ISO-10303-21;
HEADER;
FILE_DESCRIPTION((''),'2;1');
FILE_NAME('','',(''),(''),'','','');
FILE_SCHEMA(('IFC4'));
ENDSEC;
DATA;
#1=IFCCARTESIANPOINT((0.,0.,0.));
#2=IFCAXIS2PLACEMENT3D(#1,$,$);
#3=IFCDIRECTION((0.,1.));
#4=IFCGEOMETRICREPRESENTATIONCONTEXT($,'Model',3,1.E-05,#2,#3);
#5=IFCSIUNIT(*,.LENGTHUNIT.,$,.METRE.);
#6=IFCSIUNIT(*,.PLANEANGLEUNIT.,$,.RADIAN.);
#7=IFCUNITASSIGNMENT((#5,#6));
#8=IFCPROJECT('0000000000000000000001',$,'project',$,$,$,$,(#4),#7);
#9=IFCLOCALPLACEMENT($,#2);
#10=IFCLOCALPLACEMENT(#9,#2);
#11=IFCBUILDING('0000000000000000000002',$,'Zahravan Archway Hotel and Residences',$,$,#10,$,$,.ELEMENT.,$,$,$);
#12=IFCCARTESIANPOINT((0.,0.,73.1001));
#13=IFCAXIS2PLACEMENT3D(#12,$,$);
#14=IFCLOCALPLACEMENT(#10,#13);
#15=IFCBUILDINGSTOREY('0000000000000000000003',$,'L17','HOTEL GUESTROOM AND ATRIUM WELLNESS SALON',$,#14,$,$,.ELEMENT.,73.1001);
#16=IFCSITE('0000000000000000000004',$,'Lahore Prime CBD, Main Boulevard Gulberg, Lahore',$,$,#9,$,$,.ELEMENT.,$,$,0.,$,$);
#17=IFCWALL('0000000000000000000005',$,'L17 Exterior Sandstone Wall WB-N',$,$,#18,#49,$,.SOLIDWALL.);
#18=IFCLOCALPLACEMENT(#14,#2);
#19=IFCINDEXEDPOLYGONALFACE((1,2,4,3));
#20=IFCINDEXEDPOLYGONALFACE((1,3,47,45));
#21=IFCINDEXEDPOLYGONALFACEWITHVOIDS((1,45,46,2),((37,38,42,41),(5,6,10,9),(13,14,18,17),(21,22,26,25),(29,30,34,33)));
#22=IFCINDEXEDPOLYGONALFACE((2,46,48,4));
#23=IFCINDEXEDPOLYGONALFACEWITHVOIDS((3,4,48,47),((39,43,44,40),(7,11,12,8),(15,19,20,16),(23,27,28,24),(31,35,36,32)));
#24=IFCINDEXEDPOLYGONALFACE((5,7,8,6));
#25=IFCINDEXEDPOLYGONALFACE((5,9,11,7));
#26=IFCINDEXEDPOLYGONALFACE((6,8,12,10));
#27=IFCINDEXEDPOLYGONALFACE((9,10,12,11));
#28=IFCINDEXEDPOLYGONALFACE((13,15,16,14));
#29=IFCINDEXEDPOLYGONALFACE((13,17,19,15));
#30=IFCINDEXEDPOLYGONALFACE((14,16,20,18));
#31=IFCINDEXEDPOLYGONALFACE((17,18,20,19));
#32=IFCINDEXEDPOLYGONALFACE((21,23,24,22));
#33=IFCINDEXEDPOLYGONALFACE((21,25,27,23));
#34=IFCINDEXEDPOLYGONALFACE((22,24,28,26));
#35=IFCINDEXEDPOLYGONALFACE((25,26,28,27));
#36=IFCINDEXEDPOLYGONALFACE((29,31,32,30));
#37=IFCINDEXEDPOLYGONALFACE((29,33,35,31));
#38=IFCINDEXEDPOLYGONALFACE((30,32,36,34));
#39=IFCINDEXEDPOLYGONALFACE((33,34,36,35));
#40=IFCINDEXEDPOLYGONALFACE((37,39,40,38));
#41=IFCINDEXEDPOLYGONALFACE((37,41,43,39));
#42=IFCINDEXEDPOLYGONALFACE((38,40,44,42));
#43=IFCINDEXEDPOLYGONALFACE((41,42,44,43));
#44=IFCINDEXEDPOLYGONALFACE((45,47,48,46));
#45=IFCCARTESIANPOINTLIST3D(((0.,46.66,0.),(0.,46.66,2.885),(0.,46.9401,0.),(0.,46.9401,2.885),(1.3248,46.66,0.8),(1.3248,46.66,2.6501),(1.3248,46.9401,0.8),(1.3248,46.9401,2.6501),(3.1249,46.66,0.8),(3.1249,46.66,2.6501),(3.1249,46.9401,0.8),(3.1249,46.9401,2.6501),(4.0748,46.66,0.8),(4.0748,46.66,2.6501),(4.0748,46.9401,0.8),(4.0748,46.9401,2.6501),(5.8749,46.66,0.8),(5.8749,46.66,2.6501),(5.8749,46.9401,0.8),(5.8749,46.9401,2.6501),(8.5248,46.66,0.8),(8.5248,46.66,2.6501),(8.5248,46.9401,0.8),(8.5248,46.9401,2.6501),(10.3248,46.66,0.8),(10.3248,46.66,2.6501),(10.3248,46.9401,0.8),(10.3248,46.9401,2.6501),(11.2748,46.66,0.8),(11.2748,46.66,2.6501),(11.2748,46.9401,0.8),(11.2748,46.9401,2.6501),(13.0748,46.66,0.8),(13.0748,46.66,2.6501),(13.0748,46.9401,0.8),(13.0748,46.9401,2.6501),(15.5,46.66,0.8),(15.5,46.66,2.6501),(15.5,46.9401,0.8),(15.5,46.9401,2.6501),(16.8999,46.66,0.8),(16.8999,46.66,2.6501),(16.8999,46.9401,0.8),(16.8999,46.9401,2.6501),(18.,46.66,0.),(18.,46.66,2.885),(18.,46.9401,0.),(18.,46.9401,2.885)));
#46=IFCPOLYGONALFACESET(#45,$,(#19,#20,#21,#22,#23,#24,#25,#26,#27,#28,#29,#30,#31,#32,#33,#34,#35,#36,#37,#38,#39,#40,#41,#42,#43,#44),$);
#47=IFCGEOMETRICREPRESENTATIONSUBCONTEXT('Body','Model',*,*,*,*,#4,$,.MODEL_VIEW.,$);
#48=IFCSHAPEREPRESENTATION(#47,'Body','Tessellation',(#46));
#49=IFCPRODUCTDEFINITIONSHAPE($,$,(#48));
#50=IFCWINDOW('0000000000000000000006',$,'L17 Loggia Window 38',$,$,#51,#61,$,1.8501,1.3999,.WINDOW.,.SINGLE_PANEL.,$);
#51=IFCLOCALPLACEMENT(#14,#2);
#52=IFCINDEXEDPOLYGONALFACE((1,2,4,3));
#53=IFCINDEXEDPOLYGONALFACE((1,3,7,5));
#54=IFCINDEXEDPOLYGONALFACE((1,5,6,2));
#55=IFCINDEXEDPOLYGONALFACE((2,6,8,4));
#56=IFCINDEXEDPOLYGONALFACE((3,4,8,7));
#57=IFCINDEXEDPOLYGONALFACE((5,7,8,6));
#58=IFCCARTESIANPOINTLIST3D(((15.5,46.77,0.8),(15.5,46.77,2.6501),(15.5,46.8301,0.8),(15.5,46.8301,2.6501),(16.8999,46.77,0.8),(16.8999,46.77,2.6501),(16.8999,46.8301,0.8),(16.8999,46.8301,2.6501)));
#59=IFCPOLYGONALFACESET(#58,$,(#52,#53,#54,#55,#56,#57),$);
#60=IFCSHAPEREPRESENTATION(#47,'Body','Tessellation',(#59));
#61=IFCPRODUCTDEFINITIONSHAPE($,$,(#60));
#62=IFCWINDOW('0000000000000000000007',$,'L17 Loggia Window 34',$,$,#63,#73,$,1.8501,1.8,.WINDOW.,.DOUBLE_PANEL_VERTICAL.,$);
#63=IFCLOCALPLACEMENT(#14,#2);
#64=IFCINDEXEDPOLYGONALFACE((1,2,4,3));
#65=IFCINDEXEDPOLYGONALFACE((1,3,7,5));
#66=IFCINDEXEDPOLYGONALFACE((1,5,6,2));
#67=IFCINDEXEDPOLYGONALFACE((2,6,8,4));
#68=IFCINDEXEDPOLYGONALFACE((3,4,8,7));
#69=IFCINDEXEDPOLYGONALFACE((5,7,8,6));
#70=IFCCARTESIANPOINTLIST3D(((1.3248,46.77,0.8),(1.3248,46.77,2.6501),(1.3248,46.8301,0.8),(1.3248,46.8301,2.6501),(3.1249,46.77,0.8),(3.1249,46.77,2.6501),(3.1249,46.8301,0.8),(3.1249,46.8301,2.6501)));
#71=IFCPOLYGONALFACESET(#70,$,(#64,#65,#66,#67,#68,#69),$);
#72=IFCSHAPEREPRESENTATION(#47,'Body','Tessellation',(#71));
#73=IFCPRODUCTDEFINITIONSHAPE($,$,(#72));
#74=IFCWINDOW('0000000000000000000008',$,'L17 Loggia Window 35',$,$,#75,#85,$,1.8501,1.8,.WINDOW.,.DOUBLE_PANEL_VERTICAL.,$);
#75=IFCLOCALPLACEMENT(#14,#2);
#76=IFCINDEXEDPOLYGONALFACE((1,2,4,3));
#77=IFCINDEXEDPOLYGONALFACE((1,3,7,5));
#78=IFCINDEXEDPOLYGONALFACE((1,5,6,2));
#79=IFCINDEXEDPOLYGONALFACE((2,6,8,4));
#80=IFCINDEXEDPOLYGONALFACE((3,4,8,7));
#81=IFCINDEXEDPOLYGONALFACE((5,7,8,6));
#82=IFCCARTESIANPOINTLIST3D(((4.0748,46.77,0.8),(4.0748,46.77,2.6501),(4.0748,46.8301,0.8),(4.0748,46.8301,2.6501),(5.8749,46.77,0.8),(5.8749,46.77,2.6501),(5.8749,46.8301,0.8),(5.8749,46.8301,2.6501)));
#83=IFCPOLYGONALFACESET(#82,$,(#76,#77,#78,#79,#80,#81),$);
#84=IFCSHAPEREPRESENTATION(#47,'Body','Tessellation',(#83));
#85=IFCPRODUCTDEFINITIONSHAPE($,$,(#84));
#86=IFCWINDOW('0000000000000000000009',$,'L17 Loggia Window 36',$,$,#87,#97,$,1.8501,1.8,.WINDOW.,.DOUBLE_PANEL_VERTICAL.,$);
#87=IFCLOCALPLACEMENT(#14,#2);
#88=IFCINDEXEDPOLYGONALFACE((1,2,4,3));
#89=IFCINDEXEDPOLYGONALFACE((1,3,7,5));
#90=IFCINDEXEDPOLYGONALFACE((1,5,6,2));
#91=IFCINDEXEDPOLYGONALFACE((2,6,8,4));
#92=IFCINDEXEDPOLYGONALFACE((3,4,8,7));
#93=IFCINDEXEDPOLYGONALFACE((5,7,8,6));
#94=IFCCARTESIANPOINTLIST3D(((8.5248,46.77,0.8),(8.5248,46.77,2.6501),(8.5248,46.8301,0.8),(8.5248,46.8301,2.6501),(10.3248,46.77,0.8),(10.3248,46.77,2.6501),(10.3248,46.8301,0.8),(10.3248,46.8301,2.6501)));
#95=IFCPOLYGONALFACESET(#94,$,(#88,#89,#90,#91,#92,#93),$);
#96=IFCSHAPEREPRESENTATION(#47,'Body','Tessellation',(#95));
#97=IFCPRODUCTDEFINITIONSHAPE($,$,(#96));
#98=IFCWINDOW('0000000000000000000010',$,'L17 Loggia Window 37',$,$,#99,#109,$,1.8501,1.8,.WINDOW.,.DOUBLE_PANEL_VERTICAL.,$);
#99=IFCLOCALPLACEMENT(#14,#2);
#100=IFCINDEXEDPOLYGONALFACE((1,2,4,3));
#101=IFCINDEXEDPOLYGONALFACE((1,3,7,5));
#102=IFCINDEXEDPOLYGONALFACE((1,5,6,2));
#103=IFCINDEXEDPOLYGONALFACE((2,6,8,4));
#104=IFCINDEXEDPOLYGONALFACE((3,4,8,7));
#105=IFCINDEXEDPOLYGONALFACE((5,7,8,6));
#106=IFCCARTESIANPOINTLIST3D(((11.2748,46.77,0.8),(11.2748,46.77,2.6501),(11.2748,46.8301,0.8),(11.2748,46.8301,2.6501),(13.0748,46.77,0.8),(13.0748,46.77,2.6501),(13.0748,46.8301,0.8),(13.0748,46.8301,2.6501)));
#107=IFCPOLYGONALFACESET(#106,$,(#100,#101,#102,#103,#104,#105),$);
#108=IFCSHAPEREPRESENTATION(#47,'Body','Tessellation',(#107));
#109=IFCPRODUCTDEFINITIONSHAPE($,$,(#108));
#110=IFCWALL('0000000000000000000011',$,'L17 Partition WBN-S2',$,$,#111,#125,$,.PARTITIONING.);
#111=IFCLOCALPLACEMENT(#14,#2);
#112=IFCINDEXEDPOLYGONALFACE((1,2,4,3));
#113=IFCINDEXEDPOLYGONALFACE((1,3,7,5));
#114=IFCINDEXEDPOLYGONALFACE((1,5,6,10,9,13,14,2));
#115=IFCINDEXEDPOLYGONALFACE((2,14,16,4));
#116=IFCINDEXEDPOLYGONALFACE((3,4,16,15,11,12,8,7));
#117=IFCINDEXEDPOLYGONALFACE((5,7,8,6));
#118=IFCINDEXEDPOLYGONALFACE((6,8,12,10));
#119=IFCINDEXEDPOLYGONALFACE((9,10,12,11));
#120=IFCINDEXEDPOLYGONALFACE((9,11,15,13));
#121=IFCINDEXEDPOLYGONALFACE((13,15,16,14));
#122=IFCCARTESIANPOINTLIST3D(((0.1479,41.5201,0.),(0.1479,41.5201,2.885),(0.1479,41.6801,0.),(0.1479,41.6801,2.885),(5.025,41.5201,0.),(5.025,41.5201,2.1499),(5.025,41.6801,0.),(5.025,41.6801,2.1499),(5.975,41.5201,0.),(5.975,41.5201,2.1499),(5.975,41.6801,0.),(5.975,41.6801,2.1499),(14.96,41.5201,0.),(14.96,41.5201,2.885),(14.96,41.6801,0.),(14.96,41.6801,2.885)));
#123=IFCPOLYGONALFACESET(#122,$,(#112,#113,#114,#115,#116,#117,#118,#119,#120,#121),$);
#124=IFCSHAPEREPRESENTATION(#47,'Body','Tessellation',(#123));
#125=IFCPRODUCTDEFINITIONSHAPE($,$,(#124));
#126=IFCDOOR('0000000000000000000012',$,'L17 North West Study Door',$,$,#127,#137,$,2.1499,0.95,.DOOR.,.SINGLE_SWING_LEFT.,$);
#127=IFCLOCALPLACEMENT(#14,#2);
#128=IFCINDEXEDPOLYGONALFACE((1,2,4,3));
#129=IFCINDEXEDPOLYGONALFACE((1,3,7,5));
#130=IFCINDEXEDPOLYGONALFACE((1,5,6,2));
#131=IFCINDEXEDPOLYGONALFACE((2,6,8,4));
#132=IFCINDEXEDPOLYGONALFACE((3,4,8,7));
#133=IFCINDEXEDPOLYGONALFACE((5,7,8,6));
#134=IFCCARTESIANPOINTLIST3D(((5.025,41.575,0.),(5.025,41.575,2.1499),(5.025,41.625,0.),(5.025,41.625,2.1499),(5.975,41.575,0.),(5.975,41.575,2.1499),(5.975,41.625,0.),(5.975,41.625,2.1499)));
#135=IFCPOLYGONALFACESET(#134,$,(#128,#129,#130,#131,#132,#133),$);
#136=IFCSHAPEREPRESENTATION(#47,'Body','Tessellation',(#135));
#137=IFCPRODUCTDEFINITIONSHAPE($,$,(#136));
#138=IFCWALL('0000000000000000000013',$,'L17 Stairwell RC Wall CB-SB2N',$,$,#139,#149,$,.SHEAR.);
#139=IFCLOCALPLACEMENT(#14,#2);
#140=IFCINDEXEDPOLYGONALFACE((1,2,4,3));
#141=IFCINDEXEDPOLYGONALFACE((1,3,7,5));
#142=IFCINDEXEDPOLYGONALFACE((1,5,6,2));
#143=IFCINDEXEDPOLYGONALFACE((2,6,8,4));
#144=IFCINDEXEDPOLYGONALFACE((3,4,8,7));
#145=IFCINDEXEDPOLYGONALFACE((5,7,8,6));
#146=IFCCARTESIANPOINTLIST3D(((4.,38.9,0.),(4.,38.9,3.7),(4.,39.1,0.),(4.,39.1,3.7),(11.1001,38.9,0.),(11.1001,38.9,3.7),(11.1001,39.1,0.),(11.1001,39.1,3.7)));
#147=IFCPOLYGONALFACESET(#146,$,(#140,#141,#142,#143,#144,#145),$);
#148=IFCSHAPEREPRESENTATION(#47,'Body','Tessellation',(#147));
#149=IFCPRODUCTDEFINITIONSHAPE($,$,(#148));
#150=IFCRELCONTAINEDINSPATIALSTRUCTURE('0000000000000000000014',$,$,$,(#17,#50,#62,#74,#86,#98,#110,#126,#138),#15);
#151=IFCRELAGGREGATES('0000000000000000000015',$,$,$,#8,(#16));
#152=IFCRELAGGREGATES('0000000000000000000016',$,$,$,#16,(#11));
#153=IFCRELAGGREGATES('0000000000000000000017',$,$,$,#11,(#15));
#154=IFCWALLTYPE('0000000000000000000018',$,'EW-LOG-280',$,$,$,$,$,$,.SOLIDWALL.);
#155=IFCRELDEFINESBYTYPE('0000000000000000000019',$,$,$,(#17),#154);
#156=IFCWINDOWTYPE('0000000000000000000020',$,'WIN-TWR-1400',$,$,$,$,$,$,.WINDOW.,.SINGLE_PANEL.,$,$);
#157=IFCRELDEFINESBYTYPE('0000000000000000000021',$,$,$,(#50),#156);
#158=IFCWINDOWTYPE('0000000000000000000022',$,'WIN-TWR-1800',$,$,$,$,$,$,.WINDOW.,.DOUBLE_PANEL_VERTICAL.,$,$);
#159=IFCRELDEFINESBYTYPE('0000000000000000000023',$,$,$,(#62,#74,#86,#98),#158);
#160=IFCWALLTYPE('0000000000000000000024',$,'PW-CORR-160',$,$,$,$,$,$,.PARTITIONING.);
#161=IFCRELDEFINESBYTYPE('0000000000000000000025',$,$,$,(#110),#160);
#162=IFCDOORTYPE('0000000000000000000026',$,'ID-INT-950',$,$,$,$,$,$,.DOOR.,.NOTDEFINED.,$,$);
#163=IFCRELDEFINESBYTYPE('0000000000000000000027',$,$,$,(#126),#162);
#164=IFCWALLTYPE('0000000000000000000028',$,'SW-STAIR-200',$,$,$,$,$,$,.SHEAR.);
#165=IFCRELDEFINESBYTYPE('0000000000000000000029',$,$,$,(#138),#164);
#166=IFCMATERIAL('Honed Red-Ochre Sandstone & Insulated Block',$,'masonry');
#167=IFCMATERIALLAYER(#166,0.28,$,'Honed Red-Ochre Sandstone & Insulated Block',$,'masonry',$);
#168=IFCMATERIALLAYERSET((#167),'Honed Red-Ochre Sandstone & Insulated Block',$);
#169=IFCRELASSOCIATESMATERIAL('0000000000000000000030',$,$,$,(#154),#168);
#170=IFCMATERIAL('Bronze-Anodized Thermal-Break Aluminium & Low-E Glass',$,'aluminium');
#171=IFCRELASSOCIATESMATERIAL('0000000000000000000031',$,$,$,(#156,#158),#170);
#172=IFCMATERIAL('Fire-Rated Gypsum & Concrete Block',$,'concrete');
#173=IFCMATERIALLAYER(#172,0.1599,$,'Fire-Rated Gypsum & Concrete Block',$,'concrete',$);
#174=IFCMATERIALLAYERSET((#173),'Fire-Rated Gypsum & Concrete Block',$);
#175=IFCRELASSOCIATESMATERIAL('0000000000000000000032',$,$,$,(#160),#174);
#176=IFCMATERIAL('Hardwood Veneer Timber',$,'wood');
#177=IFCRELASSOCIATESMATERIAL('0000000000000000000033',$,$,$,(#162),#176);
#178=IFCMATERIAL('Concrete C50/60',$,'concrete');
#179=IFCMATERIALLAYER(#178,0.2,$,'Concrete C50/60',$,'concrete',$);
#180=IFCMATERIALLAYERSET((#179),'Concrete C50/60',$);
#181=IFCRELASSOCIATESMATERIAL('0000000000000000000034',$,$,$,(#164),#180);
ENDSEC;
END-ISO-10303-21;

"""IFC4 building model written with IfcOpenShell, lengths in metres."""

from ifc_helpers import new_model, si_unit, direction, frame, frame_2d, origin, place, context, subcontext, project, spatial, rectangle, extrude, source, transform, mapped, material, layer, layer_set, type_object, type_shapes, element, fill, save


model = new_model("IFC4")

# Units and contexts
model_context = context("Model", 3, precision=1e-05, world=origin(), true_north=direction((0.0, 1.0)))
body_context = subcontext(model_context, "Body", "Model", "MODEL_VIEW")
ifc_project = project(units=[si_unit("LENGTHUNIT", "METRE"), si_unit("PLANEANGLEUNIT", "RADIAN")], contexts=[model_context])

# Site, building, storey
site_placement = place(None, origin())
site = spatial("IfcSite", under=ifc_project, at=site_placement, Name="Lahore Prime CBD, Main Boulevard Gulberg, Lahore", CompositionType="ELEMENT", RefElevation=0.0)
building_placement = place(site_placement, origin())
building = spatial("IfcBuilding", under=site, at=building_placement, Name="Zahravan Archway Hotel and Residences", CompositionType="ELEMENT")
storey_placement = place(building_placement, frame((0.0, 0.0, 73.1001)))
storey = spatial("IfcBuildingStorey", under=building, at=storey_placement, Name="L17", Description="HOTEL GUESTROOM AND ATRIUM WELLNESS SALON", CompositionType="ELEMENT", Elevation=73.1001)

# Wall, openings, windows
ifc_material_1 = material(Name="Honed Red-Ochre Sandstone & Insulated Block", Category="masonry")
ifc_layer_1 = layer(ifc_material_1, 0.28, Name="Honed Red-Ochre Sandstone & Insulated Block", Category="masonry")
ifc_layer_set_1 = layer_set([ifc_layer_1], Name="Honed Red-Ochre Sandstone & Insulated Block")
wall_type_1 = type_object("IfcWallType", Name="EW-LOG-280", PredefinedType="SOLIDWALL", material=ifc_layer_set_1)
wall_1_placement = place(storey_placement, frame((0.0, 46.8, 0.0), z_axis=(0.0, 0.0, 1.0), x_axis=(1.0, 0.0, 0.0)))
wall_1 = element("IfcWall", 1, at=wall_1_placement, inside=storey, type_object=wall_type_1, Name="L17 Exterior Sandstone Wall WB-N", PredefinedType="SOLIDWALL", context=body_context, shape_type="SweptSolid", body=[
    extrude(rectangle(XDim=18.0, YDim=0.28, at=frame_2d((9.0, 0.0))), origin(), (0.0, 0.0, 1.0), 2.885),
])
opening_1_placement = place(wall_1_placement, frame((1.325, 0.0, 0.8)))
opening_1 = element("IfcOpeningElement", 2, at=opening_1_placement, cuts=wall_1, PredefinedType="OPENING", context=body_context, shape_type="SweptSolid", body=[
    extrude(rectangle(XDim=1.8, YDim=1.8501, at=frame_2d((0.8999, 0.925))), frame((0.0, 0.1499, 0.0), z_axis=(0.0, -1.0, 0.0), x_axis=(1.0, 0.0, 0.0)), (0.0, 0.0, 1.0), 0.3),
])
opening_2_placement = place(wall_1_placement, frame((4.075, 0.0, 0.8)))
opening_2 = element("IfcOpeningElement", 3, at=opening_2_placement, cuts=wall_1, PredefinedType="OPENING", context=body_context, shape_type="SweptSolid", body=[
    extrude(rectangle(XDim=1.8, YDim=1.8501, at=frame_2d((0.8999, 0.925))), frame((0.0, 0.1499, 0.0), z_axis=(0.0, -1.0, 0.0), x_axis=(1.0, 0.0, 0.0)), (0.0, 0.0, 1.0), 0.3),
])
opening_3_placement = place(wall_1_placement, frame((8.5249, 0.0, 0.8)))
opening_3 = element("IfcOpeningElement", 4, at=opening_3_placement, cuts=wall_1, PredefinedType="OPENING", context=body_context, shape_type="SweptSolid", body=[
    extrude(rectangle(XDim=1.8, YDim=1.8501, at=frame_2d((0.8999, 0.925))), frame((0.0, 0.1499, 0.0), z_axis=(0.0, -1.0, 0.0), x_axis=(1.0, 0.0, 0.0)), (0.0, 0.0, 1.0), 0.3),
])
opening_4_placement = place(wall_1_placement, frame((11.2749, 0.0, 0.8)))
opening_4 = element("IfcOpeningElement", 5, at=opening_4_placement, cuts=wall_1, PredefinedType="OPENING", context=body_context, shape_type="SweptSolid", body=[
    extrude(rectangle(XDim=1.8, YDim=1.8501, at=frame_2d((0.8999, 0.925))), frame((0.0, 0.1499, 0.0), z_axis=(0.0, -1.0, 0.0), x_axis=(1.0, 0.0, 0.0)), (0.0, 0.0, 1.0), 0.3),
])
opening_5_placement = place(wall_1_placement, frame((15.5, 0.0, 0.8)))
opening_5 = element("IfcOpeningElement", 6, at=opening_5_placement, cuts=wall_1, PredefinedType="OPENING", context=body_context, shape_type="SweptSolid", body=[
    extrude(rectangle(XDim=1.3999, YDim=1.8501, at=frame_2d((0.7, 0.925))), frame((0.0, 0.1499, 0.0), z_axis=(0.0, -1.0, 0.0), x_axis=(1.0, 0.0, 0.0)), (0.0, 0.0, 1.0), 0.3),
])
ifc_material_2 = material(Name="Bronze-Anodized Thermal-Break Aluminium & Low-E Glass", Category="aluminium")
window_type_1 = type_object("IfcWindowType", Name="WIN-TWR-1400", PartitioningType="SINGLE_PANEL", PredefinedType="WINDOW", material=ifc_material_2)
shared_shape_1 = source(origin(), body_context, "Body", "SweptSolid", [
    extrude(rectangle(XDim=1.3999, YDim=1.8501, at=frame_2d((0.7, 0.925))), frame((0.0, 0.03, 0.0), z_axis=(0.0, -1.0, 0.0), x_axis=(1.0, 0.0, 0.0)), (0.0, 0.0, 1.0), 0.0601),
])
type_shapes(window_type_1, [shared_shape_1])
window_1_placement = place(opening_5_placement, origin())
window_1 = element("IfcWindow", 7, at=window_1_placement, inside=storey, type_object=window_type_1, Name="L17 Loggia Window 38", OverallHeight=1.8501, OverallWidth=1.3999, PartitioningType="SINGLE_PANEL", PredefinedType="WINDOW", context=body_context, shape_type="MappedRepresentation", body=[
    mapped(shared_shape_1, transform((0.0, 0.0, 0.0), scale=1.0)),
])
fill(opening_5, window_1)
window_type_2 = type_object("IfcWindowType", Name="WIN-TWR-1800", PartitioningType="DOUBLE_PANEL_VERTICAL", PredefinedType="WINDOW", material=ifc_material_2)
shared_shape_2 = source(origin(), body_context, "Body", "SweptSolid", [
    extrude(rectangle(XDim=1.8, YDim=1.8501, at=frame_2d((0.8999, 0.925))), frame((0.0, 0.03, 0.0), z_axis=(0.0, -1.0, 0.0), x_axis=(1.0, 0.0, 0.0)), (0.0, 0.0, 1.0), 0.0601),
])
type_shapes(window_type_2, [shared_shape_2])
window_2_placement = place(opening_1_placement, origin())
window_2 = element("IfcWindow", 8, at=window_2_placement, inside=storey, type_object=window_type_2, Name="L17 Loggia Window 34", OverallHeight=1.8501, OverallWidth=1.8, PartitioningType="DOUBLE_PANEL_VERTICAL", PredefinedType="WINDOW", context=body_context, shape_type="MappedRepresentation", body=[
    mapped(shared_shape_2, transform((0.0, 0.0, 0.0), scale=1.0)),
])
fill(opening_1, window_2)
window_3_placement = place(opening_2_placement, origin())
window_3 = element("IfcWindow", 9, at=window_3_placement, inside=storey, type_object=window_type_2, Name="L17 Loggia Window 35", OverallHeight=1.8501, OverallWidth=1.8, PartitioningType="DOUBLE_PANEL_VERTICAL", PredefinedType="WINDOW", context=body_context, shape_type="MappedRepresentation", body=[
    mapped(shared_shape_2, transform((0.0, 0.0, 0.0), scale=1.0)),
])
fill(opening_2, window_3)
window_4_placement = place(opening_3_placement, origin())
window_4 = element("IfcWindow", 10, at=window_4_placement, inside=storey, type_object=window_type_2, Name="L17 Loggia Window 36", OverallHeight=1.8501, OverallWidth=1.8, PartitioningType="DOUBLE_PANEL_VERTICAL", PredefinedType="WINDOW", context=body_context, shape_type="MappedRepresentation", body=[
    mapped(shared_shape_2, transform((0.0, 0.0, 0.0), scale=1.0)),
])
fill(opening_3, window_4)
window_5_placement = place(opening_4_placement, origin())
window_5 = element("IfcWindow", 11, at=window_5_placement, inside=storey, type_object=window_type_2, Name="L17 Loggia Window 37", OverallHeight=1.8501, OverallWidth=1.8, PartitioningType="DOUBLE_PANEL_VERTICAL", PredefinedType="WINDOW", context=body_context, shape_type="MappedRepresentation", body=[
    mapped(shared_shape_2, transform((0.0, 0.0, 0.0), scale=1.0)),
])
fill(opening_4, window_5)

# Wall, opening, door
ifc_material_3 = material(Name="Fire-Rated Gypsum & Concrete Block", Category="concrete")
ifc_layer_2 = layer(ifc_material_3, 0.1599, Name="Fire-Rated Gypsum & Concrete Block", Category="concrete")
ifc_layer_set_2 = layer_set([ifc_layer_2], Name="Fire-Rated Gypsum & Concrete Block")
wall_type_2 = type_object("IfcWallType", Name="PW-CORR-160", PredefinedType="PARTITIONING", material=ifc_layer_set_2)
wall_2_placement = place(storey_placement, frame((0.1479, 41.6001, 0.0), z_axis=(0.0, 0.0, 1.0), x_axis=(1.0, 0.0, 0.0)))
wall_2 = element("IfcWall", 12, at=wall_2_placement, inside=storey, type_object=wall_type_2, Name="L17 Partition WBN-S2", PredefinedType="PARTITIONING", context=body_context, shape_type="SweptSolid", body=[
    extrude(rectangle(XDim=14.812, YDim=0.1599, at=frame_2d((7.406, 0.0))), origin(), (0.0, 0.0, 1.0), 2.885),
])
opening_6_placement = place(wall_2_placement, frame((4.877, 0.0, 0.0)))
opening_6 = element("IfcOpeningElement", 13, at=opening_6_placement, cuts=wall_2, PredefinedType="OPENING", context=body_context, shape_type="SweptSolid", body=[
    extrude(rectangle(XDim=0.95, YDim=2.1499, at=frame_2d((0.4751, 1.075))), frame((0.0, 0.0898, 0.0), z_axis=(0.0, -1.0, 0.0), x_axis=(1.0, 0.0, 0.0)), (0.0, 0.0, 1.0), 0.1799),
])
ifc_material_4 = material(Name="Hardwood Veneer Timber", Category="wood")
door_type_1 = type_object("IfcDoorType", Name="ID-INT-950", OperationType="NOTDEFINED", PredefinedType="DOOR", material=ifc_material_4)
shared_shape_3 = source(origin(), body_context, "Body", "SweptSolid", [
    extrude(rectangle(XDim=0.95, YDim=2.1499, at=frame_2d((0.4751, 1.075))), frame((0.0, 0.0249, 0.0), z_axis=(0.0, -1.0, 0.0), x_axis=(1.0, 0.0, 0.0)), (0.0, 0.0, 1.0), 0.05),
])
type_shapes(door_type_1, [shared_shape_3])
door_1_placement = place(opening_6_placement, origin())
door_1 = element("IfcDoor", 14, at=door_1_placement, inside=storey, type_object=door_type_1, Name="L17 North West Study Door", OperationType="SINGLE_SWING_LEFT", OverallHeight=2.1499, OverallWidth=0.95, PredefinedType="DOOR", context=body_context, shape_type="MappedRepresentation", body=[
    mapped(shared_shape_3, transform((0.0, 0.0, 0.0), scale=1.0)),
])
fill(opening_6, door_1)

# Wall
ifc_material_5 = material(Name="Concrete C50/60", Category="concrete")
ifc_layer_3 = layer(ifc_material_5, 0.2, Name="Concrete C50/60", Category="concrete")
ifc_layer_set_3 = layer_set([ifc_layer_3], Name="Concrete C50/60")
wall_type_3 = type_object("IfcWallType", Name="SW-STAIR-200", PredefinedType="SHEAR", material=ifc_layer_set_3)
wall_3_placement = place(storey_placement, frame((4.0, 39.0, 0.0), z_axis=(0.0, 0.0, 1.0), x_axis=(1.0, 0.0, 0.0)))
element("IfcWall", 15, at=wall_3_placement, inside=storey, type_object=wall_type_3, Name="L17 Stairwell RC Wall CB-SB2N", PredefinedType="SHEAR", context=body_context, shape_type="SweptSolid", body=[
    extrude(rectangle(XDim=7.1001, YDim=0.2, at=frame_2d((3.55, 0.0))), origin(), (0.0, 0.0, 1.0), 3.7),
])

save(model, "model.ifc")
